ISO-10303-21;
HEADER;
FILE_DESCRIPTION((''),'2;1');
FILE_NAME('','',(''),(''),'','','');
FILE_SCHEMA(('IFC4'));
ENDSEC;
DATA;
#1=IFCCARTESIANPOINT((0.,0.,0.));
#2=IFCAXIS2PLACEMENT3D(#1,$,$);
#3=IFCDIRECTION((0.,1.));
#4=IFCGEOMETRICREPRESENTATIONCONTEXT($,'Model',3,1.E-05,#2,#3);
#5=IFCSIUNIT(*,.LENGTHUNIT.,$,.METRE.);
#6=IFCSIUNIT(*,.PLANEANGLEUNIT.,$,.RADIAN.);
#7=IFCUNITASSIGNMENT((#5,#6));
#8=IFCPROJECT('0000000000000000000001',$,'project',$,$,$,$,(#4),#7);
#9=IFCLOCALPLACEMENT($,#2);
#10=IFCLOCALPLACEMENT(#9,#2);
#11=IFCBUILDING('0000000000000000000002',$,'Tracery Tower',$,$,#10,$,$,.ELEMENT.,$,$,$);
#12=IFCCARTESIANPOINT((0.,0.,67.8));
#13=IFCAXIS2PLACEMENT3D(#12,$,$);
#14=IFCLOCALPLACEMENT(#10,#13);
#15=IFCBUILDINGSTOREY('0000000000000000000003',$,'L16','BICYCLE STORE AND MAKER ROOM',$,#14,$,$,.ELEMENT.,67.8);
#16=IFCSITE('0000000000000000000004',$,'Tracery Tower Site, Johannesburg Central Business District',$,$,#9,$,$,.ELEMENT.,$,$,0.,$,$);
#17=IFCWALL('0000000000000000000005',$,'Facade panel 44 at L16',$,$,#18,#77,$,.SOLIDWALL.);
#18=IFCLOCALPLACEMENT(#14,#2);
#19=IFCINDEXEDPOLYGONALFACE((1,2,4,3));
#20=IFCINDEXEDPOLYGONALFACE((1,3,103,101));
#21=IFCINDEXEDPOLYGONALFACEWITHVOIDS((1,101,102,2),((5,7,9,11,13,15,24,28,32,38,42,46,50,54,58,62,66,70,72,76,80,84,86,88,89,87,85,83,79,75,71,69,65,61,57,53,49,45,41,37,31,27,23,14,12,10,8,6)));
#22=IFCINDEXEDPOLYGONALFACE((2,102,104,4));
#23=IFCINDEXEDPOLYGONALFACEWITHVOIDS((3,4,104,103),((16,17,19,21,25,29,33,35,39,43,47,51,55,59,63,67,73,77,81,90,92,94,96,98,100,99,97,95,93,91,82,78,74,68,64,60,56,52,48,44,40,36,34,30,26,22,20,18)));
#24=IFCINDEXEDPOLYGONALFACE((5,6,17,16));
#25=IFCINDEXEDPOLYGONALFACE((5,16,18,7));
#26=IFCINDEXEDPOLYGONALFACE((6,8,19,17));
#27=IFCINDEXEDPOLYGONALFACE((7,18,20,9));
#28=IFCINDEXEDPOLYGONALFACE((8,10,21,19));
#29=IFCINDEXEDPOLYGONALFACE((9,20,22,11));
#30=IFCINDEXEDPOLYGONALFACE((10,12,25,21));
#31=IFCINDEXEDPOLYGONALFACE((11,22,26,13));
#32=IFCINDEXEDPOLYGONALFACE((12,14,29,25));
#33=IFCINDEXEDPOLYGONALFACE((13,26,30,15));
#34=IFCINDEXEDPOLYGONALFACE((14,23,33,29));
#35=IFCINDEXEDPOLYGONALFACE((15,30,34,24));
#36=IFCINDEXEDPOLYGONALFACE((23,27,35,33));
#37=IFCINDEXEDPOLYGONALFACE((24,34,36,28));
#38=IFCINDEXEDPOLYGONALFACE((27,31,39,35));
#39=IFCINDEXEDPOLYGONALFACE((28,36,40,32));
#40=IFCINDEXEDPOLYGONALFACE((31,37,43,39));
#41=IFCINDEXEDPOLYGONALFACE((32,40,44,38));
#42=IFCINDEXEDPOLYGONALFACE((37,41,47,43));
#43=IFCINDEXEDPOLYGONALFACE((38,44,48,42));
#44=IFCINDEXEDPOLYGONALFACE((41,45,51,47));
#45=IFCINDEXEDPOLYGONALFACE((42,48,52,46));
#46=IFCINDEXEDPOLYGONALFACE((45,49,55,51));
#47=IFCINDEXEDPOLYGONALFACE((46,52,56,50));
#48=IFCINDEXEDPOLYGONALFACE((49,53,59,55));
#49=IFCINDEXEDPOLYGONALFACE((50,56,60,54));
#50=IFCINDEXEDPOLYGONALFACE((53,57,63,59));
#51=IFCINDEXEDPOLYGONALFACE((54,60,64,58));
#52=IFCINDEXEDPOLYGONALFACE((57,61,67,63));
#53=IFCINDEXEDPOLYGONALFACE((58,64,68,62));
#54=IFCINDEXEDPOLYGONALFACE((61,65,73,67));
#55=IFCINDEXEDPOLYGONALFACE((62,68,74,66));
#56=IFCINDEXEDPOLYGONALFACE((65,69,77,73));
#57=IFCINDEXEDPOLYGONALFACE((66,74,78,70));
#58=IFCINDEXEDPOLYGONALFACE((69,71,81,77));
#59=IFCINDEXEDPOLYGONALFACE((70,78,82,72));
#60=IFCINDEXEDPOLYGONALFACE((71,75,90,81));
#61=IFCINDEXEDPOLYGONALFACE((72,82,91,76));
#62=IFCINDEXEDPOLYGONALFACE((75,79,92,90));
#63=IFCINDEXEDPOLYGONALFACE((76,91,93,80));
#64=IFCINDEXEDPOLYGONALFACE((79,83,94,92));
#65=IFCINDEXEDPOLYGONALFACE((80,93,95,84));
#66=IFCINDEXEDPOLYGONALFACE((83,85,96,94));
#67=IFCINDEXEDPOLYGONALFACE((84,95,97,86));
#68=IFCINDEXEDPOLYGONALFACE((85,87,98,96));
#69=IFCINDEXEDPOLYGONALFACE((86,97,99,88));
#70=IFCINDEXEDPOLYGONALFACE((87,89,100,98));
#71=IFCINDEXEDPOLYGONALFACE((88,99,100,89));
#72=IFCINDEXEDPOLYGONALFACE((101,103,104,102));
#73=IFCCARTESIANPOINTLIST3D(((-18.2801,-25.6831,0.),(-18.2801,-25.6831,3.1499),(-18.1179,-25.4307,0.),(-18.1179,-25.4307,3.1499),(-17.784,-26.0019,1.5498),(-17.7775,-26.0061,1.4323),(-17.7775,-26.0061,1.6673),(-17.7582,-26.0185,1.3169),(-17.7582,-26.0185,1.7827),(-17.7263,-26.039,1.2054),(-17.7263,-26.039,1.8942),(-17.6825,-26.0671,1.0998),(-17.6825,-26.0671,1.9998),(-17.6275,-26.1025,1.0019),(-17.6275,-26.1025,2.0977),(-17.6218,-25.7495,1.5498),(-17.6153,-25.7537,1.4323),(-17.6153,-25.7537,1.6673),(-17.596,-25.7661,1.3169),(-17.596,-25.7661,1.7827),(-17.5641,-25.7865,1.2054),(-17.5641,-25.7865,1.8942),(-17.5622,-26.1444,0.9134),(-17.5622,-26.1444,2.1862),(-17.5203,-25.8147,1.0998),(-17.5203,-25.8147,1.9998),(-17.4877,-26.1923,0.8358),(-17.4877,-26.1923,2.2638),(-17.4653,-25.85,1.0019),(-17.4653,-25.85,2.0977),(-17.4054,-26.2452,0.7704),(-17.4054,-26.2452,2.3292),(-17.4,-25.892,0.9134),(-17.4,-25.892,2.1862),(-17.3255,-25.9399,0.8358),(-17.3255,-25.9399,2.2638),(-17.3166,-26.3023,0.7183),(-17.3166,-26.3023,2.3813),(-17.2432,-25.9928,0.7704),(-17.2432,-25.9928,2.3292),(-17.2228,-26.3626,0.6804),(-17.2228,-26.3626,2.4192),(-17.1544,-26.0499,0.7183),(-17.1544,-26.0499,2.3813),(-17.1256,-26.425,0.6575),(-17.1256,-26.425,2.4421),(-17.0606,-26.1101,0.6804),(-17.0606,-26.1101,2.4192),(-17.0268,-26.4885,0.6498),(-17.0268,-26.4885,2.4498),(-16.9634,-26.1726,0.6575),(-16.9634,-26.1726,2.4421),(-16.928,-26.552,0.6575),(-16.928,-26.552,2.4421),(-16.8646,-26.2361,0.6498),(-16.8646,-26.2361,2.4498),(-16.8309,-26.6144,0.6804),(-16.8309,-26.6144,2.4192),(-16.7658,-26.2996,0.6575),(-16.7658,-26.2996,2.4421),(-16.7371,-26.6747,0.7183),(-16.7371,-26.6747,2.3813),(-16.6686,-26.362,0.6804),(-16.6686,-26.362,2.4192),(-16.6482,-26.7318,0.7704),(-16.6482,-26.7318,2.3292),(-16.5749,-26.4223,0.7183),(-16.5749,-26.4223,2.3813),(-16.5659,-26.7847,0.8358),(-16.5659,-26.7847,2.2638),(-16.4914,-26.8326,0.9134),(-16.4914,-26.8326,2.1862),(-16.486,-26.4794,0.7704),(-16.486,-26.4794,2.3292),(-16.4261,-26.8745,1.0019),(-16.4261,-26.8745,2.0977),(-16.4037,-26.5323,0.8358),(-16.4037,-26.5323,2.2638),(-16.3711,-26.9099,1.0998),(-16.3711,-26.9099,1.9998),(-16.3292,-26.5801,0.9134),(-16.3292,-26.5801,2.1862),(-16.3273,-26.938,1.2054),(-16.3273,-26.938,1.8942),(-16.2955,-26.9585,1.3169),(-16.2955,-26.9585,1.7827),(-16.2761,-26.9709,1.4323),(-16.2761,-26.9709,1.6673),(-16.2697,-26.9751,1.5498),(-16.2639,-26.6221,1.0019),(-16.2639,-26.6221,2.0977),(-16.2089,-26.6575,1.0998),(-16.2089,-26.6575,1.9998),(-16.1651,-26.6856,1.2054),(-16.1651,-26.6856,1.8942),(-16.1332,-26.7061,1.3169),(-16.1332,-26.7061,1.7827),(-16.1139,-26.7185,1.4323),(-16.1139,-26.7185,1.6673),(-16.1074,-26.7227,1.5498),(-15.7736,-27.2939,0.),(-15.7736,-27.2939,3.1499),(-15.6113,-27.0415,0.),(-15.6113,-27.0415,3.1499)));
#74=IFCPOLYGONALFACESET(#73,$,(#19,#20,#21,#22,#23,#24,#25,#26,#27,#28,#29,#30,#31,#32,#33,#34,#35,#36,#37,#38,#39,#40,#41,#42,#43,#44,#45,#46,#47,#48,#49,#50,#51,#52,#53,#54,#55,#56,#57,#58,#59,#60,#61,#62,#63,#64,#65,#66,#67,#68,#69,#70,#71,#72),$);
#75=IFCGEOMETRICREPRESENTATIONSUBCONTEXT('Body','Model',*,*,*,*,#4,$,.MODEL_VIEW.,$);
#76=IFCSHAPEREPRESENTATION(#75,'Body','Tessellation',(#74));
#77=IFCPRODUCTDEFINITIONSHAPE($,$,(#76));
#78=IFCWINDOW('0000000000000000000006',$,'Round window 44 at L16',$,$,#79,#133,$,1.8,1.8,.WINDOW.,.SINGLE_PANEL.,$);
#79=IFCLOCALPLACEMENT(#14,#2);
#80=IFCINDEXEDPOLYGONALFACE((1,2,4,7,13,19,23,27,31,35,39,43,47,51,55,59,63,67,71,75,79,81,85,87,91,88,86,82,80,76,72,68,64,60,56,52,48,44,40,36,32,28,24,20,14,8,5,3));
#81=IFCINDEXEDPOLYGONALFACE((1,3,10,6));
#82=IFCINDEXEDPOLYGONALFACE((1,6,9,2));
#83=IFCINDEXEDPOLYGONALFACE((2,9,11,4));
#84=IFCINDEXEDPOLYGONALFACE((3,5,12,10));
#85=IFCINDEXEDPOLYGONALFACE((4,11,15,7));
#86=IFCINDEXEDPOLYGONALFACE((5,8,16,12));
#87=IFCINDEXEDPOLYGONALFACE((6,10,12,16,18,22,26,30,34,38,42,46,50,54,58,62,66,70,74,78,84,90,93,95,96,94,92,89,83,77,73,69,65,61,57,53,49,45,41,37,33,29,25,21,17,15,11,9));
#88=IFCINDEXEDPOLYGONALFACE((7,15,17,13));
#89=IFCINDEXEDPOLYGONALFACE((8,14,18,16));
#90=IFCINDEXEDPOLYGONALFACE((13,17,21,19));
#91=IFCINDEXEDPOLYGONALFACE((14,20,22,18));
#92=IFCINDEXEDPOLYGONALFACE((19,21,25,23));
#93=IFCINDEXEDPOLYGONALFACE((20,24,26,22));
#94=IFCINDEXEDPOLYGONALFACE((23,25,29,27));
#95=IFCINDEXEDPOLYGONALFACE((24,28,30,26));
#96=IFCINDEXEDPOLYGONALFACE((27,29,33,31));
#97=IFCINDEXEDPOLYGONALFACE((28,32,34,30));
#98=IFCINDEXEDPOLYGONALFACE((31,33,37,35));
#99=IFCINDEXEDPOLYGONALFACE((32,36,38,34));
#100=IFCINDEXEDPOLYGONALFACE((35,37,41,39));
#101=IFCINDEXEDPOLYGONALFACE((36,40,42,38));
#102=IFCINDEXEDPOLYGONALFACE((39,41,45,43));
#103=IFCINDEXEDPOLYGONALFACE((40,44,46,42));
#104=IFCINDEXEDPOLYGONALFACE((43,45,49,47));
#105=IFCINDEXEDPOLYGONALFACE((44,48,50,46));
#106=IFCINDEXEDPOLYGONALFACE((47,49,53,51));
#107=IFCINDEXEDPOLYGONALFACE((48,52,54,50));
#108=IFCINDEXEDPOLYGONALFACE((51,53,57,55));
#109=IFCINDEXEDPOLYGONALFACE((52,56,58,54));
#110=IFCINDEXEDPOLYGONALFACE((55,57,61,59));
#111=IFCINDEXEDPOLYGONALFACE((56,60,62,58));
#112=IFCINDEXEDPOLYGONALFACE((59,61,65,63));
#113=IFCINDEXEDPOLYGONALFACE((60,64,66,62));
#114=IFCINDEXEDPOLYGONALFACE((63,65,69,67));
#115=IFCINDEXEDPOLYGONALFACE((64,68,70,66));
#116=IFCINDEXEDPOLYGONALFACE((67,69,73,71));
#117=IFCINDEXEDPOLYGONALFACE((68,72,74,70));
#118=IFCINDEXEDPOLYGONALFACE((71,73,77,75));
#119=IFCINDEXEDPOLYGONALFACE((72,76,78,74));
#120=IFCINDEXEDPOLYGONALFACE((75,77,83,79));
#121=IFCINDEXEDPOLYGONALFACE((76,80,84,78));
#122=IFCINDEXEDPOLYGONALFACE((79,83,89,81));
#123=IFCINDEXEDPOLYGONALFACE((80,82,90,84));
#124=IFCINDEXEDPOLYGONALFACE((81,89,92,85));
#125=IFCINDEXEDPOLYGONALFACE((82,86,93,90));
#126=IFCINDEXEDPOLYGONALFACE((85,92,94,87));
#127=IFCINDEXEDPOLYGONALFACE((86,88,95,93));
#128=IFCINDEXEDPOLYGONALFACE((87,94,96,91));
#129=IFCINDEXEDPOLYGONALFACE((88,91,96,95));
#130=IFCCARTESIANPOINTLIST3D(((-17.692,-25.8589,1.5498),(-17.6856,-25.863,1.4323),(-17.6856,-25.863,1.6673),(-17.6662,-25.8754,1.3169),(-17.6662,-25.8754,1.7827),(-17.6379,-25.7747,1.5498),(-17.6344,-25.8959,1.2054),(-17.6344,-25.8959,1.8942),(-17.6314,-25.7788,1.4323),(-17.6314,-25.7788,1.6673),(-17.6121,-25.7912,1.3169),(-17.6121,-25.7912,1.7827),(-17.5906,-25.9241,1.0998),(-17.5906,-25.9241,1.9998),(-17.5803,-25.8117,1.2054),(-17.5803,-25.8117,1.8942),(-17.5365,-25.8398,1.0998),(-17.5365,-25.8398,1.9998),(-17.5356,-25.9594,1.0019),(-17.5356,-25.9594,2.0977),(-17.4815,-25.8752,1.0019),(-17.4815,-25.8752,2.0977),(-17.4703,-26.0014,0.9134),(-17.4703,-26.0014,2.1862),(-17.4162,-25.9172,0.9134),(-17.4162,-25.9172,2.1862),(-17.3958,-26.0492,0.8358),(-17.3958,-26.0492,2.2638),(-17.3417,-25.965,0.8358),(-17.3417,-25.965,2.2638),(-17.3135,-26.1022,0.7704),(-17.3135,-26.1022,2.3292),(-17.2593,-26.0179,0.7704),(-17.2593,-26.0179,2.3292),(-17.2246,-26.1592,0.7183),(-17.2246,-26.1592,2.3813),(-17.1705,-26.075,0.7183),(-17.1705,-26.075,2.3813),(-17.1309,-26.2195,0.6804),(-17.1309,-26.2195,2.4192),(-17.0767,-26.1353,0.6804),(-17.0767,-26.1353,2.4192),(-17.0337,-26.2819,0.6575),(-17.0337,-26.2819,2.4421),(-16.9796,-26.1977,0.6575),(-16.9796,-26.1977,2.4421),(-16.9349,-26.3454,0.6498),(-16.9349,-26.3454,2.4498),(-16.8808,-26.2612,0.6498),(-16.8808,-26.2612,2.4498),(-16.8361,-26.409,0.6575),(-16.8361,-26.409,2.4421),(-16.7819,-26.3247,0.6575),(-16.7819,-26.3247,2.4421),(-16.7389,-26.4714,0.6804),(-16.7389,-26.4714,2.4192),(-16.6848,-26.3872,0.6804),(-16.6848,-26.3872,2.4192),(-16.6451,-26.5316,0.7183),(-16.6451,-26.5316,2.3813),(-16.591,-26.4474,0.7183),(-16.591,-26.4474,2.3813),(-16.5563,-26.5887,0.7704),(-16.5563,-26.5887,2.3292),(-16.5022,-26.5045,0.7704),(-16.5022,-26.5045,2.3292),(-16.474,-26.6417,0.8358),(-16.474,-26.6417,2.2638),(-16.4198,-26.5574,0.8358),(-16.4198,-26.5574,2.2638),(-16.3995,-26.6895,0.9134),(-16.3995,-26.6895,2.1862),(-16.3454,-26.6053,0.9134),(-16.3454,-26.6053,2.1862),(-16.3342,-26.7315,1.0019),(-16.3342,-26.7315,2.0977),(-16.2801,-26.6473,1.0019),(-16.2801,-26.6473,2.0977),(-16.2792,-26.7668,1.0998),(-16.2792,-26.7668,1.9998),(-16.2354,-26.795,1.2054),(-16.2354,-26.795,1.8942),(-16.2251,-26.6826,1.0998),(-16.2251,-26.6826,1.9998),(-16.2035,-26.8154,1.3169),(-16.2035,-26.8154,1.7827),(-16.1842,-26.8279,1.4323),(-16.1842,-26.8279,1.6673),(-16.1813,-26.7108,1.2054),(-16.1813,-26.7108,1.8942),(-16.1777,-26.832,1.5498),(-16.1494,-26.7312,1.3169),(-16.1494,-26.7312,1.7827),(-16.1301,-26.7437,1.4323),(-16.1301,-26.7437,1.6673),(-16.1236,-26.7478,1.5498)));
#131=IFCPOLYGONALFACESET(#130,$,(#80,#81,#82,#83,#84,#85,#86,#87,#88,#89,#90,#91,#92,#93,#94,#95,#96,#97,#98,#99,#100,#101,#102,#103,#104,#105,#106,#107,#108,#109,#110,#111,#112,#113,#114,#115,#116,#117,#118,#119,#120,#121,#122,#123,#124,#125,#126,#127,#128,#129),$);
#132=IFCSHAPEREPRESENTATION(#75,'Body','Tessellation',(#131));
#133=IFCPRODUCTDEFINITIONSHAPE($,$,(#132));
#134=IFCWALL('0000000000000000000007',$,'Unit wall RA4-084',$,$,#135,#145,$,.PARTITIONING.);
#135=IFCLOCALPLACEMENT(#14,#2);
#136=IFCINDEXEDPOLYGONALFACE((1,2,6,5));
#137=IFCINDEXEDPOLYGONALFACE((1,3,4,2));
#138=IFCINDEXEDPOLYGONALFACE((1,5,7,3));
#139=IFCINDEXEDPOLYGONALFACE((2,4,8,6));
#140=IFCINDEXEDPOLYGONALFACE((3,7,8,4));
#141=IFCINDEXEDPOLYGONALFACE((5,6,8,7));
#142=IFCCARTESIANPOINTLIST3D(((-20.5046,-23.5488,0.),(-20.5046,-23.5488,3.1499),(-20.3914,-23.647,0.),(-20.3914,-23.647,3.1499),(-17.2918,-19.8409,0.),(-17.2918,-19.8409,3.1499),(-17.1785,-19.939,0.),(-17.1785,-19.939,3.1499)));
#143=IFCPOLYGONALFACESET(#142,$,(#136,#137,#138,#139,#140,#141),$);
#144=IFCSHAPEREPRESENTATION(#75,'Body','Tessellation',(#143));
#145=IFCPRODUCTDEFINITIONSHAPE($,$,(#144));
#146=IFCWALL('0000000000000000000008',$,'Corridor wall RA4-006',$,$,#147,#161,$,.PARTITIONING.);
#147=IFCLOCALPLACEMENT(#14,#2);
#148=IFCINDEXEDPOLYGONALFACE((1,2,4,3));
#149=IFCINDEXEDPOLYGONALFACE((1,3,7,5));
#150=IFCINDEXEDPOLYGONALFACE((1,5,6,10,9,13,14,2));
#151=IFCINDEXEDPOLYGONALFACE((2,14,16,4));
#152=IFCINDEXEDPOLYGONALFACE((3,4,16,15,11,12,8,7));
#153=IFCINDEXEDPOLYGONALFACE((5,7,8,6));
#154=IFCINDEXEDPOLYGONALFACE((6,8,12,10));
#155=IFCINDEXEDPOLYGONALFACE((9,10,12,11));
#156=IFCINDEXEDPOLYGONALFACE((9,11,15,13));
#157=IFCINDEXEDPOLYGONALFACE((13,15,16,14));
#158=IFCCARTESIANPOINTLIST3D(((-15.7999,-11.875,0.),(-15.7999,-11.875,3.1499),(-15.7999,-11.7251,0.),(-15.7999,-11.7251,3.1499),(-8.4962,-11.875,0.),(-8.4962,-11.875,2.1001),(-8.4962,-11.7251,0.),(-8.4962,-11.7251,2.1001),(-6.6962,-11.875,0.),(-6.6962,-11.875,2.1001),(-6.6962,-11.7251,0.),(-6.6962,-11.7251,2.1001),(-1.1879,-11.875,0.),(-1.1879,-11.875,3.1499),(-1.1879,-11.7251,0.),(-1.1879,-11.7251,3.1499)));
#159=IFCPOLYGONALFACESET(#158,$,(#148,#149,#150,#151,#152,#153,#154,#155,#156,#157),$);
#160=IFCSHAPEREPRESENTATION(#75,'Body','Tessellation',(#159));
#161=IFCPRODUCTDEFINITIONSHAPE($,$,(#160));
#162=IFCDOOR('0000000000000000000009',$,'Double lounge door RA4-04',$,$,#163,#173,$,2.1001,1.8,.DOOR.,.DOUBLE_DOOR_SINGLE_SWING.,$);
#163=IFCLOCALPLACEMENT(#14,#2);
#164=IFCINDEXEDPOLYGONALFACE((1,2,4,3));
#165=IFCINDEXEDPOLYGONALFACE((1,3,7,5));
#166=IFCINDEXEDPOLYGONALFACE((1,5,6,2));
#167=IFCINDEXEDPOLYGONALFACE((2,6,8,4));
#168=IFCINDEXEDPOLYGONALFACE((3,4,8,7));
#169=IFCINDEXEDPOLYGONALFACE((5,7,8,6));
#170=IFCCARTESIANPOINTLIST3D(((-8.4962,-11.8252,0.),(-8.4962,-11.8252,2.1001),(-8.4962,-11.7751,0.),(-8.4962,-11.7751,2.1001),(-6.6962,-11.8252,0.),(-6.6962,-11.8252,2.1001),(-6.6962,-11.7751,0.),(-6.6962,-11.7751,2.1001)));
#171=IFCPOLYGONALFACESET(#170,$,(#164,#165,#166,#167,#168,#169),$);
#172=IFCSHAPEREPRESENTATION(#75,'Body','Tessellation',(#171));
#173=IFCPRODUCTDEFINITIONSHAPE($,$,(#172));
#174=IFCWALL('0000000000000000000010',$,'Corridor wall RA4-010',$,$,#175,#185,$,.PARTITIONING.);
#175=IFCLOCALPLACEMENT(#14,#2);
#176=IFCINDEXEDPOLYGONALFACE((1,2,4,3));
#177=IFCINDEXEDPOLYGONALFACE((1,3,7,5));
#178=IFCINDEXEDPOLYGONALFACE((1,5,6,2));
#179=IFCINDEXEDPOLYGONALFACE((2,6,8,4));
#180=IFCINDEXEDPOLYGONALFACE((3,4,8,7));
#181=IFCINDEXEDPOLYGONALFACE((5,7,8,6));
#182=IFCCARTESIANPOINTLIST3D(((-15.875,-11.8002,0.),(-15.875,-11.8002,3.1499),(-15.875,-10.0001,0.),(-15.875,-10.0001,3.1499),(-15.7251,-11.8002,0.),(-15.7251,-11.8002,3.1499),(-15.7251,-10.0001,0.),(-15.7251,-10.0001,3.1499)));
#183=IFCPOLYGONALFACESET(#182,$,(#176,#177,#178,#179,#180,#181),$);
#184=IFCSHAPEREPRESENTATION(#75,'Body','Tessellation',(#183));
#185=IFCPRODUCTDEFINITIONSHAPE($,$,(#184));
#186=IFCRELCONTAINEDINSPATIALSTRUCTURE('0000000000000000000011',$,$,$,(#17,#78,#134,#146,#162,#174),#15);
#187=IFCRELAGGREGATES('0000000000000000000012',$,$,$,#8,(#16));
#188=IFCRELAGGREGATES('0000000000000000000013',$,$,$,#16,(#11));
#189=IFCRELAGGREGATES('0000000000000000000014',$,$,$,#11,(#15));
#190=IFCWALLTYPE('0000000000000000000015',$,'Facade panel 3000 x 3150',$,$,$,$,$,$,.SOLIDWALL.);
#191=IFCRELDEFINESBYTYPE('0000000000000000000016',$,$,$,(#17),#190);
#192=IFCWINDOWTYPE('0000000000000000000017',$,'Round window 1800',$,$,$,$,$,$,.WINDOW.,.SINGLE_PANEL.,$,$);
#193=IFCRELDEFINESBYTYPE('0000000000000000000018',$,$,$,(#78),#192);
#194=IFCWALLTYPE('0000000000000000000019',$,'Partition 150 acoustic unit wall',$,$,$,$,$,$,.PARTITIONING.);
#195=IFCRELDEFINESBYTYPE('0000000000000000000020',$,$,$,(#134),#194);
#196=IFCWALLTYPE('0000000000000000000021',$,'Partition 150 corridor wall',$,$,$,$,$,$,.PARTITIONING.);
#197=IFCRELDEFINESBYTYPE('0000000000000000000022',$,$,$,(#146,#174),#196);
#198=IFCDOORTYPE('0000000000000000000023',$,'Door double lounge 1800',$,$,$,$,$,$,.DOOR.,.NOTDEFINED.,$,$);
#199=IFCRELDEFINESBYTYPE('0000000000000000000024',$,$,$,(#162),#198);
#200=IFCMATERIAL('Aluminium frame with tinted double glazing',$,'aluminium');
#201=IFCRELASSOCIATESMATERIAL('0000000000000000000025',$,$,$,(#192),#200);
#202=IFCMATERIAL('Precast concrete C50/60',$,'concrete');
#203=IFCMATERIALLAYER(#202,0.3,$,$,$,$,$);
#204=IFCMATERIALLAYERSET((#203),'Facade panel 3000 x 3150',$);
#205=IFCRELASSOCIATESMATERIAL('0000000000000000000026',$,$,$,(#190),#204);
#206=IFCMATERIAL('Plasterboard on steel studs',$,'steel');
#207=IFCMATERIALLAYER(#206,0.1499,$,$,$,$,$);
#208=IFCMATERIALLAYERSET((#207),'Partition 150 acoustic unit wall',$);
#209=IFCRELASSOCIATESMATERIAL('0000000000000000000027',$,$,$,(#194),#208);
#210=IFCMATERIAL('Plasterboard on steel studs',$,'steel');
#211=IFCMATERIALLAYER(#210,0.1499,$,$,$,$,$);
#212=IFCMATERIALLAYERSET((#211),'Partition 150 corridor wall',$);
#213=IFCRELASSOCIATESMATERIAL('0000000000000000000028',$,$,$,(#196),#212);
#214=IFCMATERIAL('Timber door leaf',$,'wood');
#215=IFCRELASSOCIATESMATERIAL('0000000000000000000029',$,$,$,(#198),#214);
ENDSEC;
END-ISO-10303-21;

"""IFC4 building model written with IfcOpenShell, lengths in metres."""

from ifc_helpers import new_model, si_unit, direction, frame, frame_2d, origin, origin_2d, place, context, subcontext, project, spatial, rectangle, circle, extrude, material, layer, layer_set, type_object, element, fill, save


model = new_model("IFC4")

# Units and contexts
model_context = context("Model", 3, precision=1e-05, world=origin(), true_north=direction((0.0, 1.0)))
body_context = subcontext(model_context, "Body", "Model", "MODEL_VIEW")
ifc_project = project(units=[si_unit("LENGTHUNIT", "METRE"), si_unit("PLANEANGLEUNIT", "RADIAN")], contexts=[model_context])

# Site, building, storey
site_placement = place(None, origin())
site = spatial("IfcSite", under=ifc_project, at=site_placement, Name="Tracery Tower Site, Johannesburg Central Business District", CompositionType="ELEMENT", RefElevation=0.0)
building_placement = place(site_placement, origin())
building = spatial("IfcBuilding", under=site, at=building_placement, Name="Tracery Tower", CompositionType="ELEMENT")
storey_placement = place(building_placement, frame((0.0, 0.0, 67.8)))
storey = spatial("IfcBuildingStorey", under=building, at=storey_placement, Name="L16", Description="BICYCLE STORE AND MAKER ROOM", CompositionType="ELEMENT", Elevation=67.8)

# Wall, opening, window
ifc_material_1 = material(Name="Aluminium frame with tinted double glazing", Category="aluminium")
window_type = type_object("IfcWindowType", Name="Round window 1800", PartitioningType="SINGLE_PANEL", PredefinedType="WINDOW", material=ifc_material_1)
ifc_material_2 = material(Name="Precast concrete C50/60", Category="concrete")
ifc_layer_1 = layer(ifc_material_2, 0.3)
ifc_layer_set_1 = layer_set([ifc_layer_1], Name="Facade panel 3000 x 3150")
wall_type_1 = type_object("IfcWallType", Name="Facade panel 3000 x 3150", PredefinedType="SOLIDWALL", material=ifc_layer_set_1)
wall_1_placement = place(storey_placement, frame((-18.199, -25.5569, 0.0), z_axis=(0.0, 0.0, 1.0), x_axis=(0.841261, -0.540629, 0.0)))
wall_1 = element("IfcWall", 1, at=wall_1_placement, inside=storey, type_object=wall_type_1, Name="Facade panel 44 at L16", PredefinedType="SOLIDWALL", context=body_context, shape_type="SweptSolid", body=[
    extrude(rectangle(XDim=2.9795, YDim=0.3, at=frame_2d((1.4897, 0.0))), origin(), (0.0, 0.0, 1.0), 3.1499),
])
opening_1_placement = place(wall_1_placement, frame((1.4897, 0.0, 1.5498)))
opening_1 = element("IfcOpeningElement", 2, at=opening_1_placement, cuts=wall_1, PredefinedType="OPENING", context=body_context, shape_type="SweptSolid", body=[
    extrude(circle(Radius=0.9, at=origin_2d()), frame((0.0, 0.1599, 0.0), z_axis=(0.0, -1.0, 0.0), x_axis=(1.0, 0.0, 0.0)), (0.0, 0.0, 1.0), 0.3201),
])
window_1_placement = place(opening_1_placement, origin())
window_1 = element("IfcWindow", 3, at=window_1_placement, inside=storey, type_object=window_type, Name="Round window 44 at L16", OverallHeight=1.8, OverallWidth=1.8, PartitioningType="SINGLE_PANEL", PredefinedType="WINDOW", context=body_context, shape_type="SweptSolid", body=[
    extrude(circle(Radius=0.9, at=origin_2d()), frame((0.0, 0.1201, 0.0), z_axis=(0.0, -1.0, 0.0), x_axis=(1.0, 0.0, 0.0)), (0.0, 0.0, 1.0), 0.1001),
])
fill(opening_1, window_1)

# Wall
ifc_material_3 = material(Name="Plasterboard on steel studs", Category="steel")
ifc_layer_2 = layer(ifc_material_3, 0.1499)
ifc_layer_set_2 = layer_set([ifc_layer_2], Name="Partition 150 acoustic unit wall")
wall_type_2 = type_object("IfcWallType", Name="Partition 150 acoustic unit wall", PredefinedType="PARTITIONING", material=ifc_layer_set_2)
wall_2_placement = place(storey_placement, frame((-20.448, -23.5979, 0.0), z_axis=(0.0, 0.0, 1.0), x_axis=(0.654847, 0.755761, 0.0)))
element("IfcWall", 4, at=wall_2_placement, inside=storey, type_object=wall_type_2, Name="Unit wall RA4-084", PredefinedType="PARTITIONING", context=body_context, shape_type="SweptSolid", body=[
    extrude(rectangle(XDim=4.9062, YDim=0.1499, at=frame_2d((2.4531, 0.0))), origin(), (0.0, 0.0, 1.0), 3.1499),
])

# Wall, opening, door
ifc_material_4 = material(Name="Plasterboard on steel studs", Category="steel")
ifc_layer_3 = layer(ifc_material_4, 0.1499)
ifc_layer_set_3 = layer_set([ifc_layer_3], Name="Partition 150 corridor wall")
wall_type_3 = type_object("IfcWallType", Name="Partition 150 corridor wall", PredefinedType="PARTITIONING", material=ifc_layer_set_3)
wall_3_placement = place(storey_placement, frame((-15.8, -11.8, 0.0), z_axis=(0.0, 0.0, 1.0), x_axis=(1.0, 0.0, 0.0)))
wall_3 = element("IfcWall", 5, at=wall_3_placement, inside=storey, type_object=wall_type_3, Name="Corridor wall RA4-006", PredefinedType="PARTITIONING", context=body_context, shape_type="SweptSolid", body=[
    extrude(rectangle(XDim=14.6121, YDim=0.1499, at=frame_2d((7.3062, 0.0))), origin(), (0.0, 0.0, 1.0), 3.1499),
])
opening_2_placement = place(wall_3_placement, frame((7.304, 0.0, 0.0)))
opening_2 = element("IfcOpeningElement", 6, at=opening_2_placement, cuts=wall_3, PredefinedType="OPENING", context=body_context, shape_type="SweptSolid", body=[
    extrude(rectangle(XDim=1.8, YDim=2.1001, at=frame_2d((0.8999, 1.05))), frame((0.0, 0.075, 0.0), z_axis=(0.0, -1.0, 0.0), x_axis=(1.0, 0.0, 0.0)), (0.0, 0.0, 1.0), 0.1499),
])
ifc_material_5 = material(Name="Timber door leaf", Category="wood")
door_type = type_object("IfcDoorType", Name="Door double lounge 1800", OperationType="NOTDEFINED", PredefinedType="DOOR", material=ifc_material_5)
door_1_placement = place(opening_2_placement, origin())
door_1 = element("IfcDoor", 7, at=door_1_placement, inside=storey, type_object=door_type, Name="Double lounge door RA4-04", OperationType="DOUBLE_DOOR_SINGLE_SWING", OverallHeight=2.1001, OverallWidth=1.8, PredefinedType="DOOR", context=body_context, shape_type="SweptSolid", body=[
    extrude(rectangle(XDim=1.8, YDim=2.1001, at=frame_2d((0.8999, 1.05))), frame((0.0, 0.0249, 0.0), z_axis=(0.0, -1.0, 0.0), x_axis=(1.0, 0.0, 0.0)), (0.0, 0.0, 1.0), 0.05),
])
fill(opening_2, door_1)

# Wall
wall_4_placement = place(storey_placement, frame((-15.8, -11.8, 0.0), z_axis=(0.0, 0.0, 1.0), x_axis=(0.0, 1.0, 0.0)))
element("IfcWall", 8, at=wall_4_placement, inside=storey, type_object=wall_type_3, Name="Corridor wall RA4-010", PredefinedType="PARTITIONING", context=body_context, shape_type="SweptSolid", body=[
    extrude(rectangle(XDim=1.8, YDim=0.1499, at=frame_2d((0.8999, 0.0))), origin(), (0.0, 0.0, 1.0), 3.1499),
])

save(model, "model.ifc")
